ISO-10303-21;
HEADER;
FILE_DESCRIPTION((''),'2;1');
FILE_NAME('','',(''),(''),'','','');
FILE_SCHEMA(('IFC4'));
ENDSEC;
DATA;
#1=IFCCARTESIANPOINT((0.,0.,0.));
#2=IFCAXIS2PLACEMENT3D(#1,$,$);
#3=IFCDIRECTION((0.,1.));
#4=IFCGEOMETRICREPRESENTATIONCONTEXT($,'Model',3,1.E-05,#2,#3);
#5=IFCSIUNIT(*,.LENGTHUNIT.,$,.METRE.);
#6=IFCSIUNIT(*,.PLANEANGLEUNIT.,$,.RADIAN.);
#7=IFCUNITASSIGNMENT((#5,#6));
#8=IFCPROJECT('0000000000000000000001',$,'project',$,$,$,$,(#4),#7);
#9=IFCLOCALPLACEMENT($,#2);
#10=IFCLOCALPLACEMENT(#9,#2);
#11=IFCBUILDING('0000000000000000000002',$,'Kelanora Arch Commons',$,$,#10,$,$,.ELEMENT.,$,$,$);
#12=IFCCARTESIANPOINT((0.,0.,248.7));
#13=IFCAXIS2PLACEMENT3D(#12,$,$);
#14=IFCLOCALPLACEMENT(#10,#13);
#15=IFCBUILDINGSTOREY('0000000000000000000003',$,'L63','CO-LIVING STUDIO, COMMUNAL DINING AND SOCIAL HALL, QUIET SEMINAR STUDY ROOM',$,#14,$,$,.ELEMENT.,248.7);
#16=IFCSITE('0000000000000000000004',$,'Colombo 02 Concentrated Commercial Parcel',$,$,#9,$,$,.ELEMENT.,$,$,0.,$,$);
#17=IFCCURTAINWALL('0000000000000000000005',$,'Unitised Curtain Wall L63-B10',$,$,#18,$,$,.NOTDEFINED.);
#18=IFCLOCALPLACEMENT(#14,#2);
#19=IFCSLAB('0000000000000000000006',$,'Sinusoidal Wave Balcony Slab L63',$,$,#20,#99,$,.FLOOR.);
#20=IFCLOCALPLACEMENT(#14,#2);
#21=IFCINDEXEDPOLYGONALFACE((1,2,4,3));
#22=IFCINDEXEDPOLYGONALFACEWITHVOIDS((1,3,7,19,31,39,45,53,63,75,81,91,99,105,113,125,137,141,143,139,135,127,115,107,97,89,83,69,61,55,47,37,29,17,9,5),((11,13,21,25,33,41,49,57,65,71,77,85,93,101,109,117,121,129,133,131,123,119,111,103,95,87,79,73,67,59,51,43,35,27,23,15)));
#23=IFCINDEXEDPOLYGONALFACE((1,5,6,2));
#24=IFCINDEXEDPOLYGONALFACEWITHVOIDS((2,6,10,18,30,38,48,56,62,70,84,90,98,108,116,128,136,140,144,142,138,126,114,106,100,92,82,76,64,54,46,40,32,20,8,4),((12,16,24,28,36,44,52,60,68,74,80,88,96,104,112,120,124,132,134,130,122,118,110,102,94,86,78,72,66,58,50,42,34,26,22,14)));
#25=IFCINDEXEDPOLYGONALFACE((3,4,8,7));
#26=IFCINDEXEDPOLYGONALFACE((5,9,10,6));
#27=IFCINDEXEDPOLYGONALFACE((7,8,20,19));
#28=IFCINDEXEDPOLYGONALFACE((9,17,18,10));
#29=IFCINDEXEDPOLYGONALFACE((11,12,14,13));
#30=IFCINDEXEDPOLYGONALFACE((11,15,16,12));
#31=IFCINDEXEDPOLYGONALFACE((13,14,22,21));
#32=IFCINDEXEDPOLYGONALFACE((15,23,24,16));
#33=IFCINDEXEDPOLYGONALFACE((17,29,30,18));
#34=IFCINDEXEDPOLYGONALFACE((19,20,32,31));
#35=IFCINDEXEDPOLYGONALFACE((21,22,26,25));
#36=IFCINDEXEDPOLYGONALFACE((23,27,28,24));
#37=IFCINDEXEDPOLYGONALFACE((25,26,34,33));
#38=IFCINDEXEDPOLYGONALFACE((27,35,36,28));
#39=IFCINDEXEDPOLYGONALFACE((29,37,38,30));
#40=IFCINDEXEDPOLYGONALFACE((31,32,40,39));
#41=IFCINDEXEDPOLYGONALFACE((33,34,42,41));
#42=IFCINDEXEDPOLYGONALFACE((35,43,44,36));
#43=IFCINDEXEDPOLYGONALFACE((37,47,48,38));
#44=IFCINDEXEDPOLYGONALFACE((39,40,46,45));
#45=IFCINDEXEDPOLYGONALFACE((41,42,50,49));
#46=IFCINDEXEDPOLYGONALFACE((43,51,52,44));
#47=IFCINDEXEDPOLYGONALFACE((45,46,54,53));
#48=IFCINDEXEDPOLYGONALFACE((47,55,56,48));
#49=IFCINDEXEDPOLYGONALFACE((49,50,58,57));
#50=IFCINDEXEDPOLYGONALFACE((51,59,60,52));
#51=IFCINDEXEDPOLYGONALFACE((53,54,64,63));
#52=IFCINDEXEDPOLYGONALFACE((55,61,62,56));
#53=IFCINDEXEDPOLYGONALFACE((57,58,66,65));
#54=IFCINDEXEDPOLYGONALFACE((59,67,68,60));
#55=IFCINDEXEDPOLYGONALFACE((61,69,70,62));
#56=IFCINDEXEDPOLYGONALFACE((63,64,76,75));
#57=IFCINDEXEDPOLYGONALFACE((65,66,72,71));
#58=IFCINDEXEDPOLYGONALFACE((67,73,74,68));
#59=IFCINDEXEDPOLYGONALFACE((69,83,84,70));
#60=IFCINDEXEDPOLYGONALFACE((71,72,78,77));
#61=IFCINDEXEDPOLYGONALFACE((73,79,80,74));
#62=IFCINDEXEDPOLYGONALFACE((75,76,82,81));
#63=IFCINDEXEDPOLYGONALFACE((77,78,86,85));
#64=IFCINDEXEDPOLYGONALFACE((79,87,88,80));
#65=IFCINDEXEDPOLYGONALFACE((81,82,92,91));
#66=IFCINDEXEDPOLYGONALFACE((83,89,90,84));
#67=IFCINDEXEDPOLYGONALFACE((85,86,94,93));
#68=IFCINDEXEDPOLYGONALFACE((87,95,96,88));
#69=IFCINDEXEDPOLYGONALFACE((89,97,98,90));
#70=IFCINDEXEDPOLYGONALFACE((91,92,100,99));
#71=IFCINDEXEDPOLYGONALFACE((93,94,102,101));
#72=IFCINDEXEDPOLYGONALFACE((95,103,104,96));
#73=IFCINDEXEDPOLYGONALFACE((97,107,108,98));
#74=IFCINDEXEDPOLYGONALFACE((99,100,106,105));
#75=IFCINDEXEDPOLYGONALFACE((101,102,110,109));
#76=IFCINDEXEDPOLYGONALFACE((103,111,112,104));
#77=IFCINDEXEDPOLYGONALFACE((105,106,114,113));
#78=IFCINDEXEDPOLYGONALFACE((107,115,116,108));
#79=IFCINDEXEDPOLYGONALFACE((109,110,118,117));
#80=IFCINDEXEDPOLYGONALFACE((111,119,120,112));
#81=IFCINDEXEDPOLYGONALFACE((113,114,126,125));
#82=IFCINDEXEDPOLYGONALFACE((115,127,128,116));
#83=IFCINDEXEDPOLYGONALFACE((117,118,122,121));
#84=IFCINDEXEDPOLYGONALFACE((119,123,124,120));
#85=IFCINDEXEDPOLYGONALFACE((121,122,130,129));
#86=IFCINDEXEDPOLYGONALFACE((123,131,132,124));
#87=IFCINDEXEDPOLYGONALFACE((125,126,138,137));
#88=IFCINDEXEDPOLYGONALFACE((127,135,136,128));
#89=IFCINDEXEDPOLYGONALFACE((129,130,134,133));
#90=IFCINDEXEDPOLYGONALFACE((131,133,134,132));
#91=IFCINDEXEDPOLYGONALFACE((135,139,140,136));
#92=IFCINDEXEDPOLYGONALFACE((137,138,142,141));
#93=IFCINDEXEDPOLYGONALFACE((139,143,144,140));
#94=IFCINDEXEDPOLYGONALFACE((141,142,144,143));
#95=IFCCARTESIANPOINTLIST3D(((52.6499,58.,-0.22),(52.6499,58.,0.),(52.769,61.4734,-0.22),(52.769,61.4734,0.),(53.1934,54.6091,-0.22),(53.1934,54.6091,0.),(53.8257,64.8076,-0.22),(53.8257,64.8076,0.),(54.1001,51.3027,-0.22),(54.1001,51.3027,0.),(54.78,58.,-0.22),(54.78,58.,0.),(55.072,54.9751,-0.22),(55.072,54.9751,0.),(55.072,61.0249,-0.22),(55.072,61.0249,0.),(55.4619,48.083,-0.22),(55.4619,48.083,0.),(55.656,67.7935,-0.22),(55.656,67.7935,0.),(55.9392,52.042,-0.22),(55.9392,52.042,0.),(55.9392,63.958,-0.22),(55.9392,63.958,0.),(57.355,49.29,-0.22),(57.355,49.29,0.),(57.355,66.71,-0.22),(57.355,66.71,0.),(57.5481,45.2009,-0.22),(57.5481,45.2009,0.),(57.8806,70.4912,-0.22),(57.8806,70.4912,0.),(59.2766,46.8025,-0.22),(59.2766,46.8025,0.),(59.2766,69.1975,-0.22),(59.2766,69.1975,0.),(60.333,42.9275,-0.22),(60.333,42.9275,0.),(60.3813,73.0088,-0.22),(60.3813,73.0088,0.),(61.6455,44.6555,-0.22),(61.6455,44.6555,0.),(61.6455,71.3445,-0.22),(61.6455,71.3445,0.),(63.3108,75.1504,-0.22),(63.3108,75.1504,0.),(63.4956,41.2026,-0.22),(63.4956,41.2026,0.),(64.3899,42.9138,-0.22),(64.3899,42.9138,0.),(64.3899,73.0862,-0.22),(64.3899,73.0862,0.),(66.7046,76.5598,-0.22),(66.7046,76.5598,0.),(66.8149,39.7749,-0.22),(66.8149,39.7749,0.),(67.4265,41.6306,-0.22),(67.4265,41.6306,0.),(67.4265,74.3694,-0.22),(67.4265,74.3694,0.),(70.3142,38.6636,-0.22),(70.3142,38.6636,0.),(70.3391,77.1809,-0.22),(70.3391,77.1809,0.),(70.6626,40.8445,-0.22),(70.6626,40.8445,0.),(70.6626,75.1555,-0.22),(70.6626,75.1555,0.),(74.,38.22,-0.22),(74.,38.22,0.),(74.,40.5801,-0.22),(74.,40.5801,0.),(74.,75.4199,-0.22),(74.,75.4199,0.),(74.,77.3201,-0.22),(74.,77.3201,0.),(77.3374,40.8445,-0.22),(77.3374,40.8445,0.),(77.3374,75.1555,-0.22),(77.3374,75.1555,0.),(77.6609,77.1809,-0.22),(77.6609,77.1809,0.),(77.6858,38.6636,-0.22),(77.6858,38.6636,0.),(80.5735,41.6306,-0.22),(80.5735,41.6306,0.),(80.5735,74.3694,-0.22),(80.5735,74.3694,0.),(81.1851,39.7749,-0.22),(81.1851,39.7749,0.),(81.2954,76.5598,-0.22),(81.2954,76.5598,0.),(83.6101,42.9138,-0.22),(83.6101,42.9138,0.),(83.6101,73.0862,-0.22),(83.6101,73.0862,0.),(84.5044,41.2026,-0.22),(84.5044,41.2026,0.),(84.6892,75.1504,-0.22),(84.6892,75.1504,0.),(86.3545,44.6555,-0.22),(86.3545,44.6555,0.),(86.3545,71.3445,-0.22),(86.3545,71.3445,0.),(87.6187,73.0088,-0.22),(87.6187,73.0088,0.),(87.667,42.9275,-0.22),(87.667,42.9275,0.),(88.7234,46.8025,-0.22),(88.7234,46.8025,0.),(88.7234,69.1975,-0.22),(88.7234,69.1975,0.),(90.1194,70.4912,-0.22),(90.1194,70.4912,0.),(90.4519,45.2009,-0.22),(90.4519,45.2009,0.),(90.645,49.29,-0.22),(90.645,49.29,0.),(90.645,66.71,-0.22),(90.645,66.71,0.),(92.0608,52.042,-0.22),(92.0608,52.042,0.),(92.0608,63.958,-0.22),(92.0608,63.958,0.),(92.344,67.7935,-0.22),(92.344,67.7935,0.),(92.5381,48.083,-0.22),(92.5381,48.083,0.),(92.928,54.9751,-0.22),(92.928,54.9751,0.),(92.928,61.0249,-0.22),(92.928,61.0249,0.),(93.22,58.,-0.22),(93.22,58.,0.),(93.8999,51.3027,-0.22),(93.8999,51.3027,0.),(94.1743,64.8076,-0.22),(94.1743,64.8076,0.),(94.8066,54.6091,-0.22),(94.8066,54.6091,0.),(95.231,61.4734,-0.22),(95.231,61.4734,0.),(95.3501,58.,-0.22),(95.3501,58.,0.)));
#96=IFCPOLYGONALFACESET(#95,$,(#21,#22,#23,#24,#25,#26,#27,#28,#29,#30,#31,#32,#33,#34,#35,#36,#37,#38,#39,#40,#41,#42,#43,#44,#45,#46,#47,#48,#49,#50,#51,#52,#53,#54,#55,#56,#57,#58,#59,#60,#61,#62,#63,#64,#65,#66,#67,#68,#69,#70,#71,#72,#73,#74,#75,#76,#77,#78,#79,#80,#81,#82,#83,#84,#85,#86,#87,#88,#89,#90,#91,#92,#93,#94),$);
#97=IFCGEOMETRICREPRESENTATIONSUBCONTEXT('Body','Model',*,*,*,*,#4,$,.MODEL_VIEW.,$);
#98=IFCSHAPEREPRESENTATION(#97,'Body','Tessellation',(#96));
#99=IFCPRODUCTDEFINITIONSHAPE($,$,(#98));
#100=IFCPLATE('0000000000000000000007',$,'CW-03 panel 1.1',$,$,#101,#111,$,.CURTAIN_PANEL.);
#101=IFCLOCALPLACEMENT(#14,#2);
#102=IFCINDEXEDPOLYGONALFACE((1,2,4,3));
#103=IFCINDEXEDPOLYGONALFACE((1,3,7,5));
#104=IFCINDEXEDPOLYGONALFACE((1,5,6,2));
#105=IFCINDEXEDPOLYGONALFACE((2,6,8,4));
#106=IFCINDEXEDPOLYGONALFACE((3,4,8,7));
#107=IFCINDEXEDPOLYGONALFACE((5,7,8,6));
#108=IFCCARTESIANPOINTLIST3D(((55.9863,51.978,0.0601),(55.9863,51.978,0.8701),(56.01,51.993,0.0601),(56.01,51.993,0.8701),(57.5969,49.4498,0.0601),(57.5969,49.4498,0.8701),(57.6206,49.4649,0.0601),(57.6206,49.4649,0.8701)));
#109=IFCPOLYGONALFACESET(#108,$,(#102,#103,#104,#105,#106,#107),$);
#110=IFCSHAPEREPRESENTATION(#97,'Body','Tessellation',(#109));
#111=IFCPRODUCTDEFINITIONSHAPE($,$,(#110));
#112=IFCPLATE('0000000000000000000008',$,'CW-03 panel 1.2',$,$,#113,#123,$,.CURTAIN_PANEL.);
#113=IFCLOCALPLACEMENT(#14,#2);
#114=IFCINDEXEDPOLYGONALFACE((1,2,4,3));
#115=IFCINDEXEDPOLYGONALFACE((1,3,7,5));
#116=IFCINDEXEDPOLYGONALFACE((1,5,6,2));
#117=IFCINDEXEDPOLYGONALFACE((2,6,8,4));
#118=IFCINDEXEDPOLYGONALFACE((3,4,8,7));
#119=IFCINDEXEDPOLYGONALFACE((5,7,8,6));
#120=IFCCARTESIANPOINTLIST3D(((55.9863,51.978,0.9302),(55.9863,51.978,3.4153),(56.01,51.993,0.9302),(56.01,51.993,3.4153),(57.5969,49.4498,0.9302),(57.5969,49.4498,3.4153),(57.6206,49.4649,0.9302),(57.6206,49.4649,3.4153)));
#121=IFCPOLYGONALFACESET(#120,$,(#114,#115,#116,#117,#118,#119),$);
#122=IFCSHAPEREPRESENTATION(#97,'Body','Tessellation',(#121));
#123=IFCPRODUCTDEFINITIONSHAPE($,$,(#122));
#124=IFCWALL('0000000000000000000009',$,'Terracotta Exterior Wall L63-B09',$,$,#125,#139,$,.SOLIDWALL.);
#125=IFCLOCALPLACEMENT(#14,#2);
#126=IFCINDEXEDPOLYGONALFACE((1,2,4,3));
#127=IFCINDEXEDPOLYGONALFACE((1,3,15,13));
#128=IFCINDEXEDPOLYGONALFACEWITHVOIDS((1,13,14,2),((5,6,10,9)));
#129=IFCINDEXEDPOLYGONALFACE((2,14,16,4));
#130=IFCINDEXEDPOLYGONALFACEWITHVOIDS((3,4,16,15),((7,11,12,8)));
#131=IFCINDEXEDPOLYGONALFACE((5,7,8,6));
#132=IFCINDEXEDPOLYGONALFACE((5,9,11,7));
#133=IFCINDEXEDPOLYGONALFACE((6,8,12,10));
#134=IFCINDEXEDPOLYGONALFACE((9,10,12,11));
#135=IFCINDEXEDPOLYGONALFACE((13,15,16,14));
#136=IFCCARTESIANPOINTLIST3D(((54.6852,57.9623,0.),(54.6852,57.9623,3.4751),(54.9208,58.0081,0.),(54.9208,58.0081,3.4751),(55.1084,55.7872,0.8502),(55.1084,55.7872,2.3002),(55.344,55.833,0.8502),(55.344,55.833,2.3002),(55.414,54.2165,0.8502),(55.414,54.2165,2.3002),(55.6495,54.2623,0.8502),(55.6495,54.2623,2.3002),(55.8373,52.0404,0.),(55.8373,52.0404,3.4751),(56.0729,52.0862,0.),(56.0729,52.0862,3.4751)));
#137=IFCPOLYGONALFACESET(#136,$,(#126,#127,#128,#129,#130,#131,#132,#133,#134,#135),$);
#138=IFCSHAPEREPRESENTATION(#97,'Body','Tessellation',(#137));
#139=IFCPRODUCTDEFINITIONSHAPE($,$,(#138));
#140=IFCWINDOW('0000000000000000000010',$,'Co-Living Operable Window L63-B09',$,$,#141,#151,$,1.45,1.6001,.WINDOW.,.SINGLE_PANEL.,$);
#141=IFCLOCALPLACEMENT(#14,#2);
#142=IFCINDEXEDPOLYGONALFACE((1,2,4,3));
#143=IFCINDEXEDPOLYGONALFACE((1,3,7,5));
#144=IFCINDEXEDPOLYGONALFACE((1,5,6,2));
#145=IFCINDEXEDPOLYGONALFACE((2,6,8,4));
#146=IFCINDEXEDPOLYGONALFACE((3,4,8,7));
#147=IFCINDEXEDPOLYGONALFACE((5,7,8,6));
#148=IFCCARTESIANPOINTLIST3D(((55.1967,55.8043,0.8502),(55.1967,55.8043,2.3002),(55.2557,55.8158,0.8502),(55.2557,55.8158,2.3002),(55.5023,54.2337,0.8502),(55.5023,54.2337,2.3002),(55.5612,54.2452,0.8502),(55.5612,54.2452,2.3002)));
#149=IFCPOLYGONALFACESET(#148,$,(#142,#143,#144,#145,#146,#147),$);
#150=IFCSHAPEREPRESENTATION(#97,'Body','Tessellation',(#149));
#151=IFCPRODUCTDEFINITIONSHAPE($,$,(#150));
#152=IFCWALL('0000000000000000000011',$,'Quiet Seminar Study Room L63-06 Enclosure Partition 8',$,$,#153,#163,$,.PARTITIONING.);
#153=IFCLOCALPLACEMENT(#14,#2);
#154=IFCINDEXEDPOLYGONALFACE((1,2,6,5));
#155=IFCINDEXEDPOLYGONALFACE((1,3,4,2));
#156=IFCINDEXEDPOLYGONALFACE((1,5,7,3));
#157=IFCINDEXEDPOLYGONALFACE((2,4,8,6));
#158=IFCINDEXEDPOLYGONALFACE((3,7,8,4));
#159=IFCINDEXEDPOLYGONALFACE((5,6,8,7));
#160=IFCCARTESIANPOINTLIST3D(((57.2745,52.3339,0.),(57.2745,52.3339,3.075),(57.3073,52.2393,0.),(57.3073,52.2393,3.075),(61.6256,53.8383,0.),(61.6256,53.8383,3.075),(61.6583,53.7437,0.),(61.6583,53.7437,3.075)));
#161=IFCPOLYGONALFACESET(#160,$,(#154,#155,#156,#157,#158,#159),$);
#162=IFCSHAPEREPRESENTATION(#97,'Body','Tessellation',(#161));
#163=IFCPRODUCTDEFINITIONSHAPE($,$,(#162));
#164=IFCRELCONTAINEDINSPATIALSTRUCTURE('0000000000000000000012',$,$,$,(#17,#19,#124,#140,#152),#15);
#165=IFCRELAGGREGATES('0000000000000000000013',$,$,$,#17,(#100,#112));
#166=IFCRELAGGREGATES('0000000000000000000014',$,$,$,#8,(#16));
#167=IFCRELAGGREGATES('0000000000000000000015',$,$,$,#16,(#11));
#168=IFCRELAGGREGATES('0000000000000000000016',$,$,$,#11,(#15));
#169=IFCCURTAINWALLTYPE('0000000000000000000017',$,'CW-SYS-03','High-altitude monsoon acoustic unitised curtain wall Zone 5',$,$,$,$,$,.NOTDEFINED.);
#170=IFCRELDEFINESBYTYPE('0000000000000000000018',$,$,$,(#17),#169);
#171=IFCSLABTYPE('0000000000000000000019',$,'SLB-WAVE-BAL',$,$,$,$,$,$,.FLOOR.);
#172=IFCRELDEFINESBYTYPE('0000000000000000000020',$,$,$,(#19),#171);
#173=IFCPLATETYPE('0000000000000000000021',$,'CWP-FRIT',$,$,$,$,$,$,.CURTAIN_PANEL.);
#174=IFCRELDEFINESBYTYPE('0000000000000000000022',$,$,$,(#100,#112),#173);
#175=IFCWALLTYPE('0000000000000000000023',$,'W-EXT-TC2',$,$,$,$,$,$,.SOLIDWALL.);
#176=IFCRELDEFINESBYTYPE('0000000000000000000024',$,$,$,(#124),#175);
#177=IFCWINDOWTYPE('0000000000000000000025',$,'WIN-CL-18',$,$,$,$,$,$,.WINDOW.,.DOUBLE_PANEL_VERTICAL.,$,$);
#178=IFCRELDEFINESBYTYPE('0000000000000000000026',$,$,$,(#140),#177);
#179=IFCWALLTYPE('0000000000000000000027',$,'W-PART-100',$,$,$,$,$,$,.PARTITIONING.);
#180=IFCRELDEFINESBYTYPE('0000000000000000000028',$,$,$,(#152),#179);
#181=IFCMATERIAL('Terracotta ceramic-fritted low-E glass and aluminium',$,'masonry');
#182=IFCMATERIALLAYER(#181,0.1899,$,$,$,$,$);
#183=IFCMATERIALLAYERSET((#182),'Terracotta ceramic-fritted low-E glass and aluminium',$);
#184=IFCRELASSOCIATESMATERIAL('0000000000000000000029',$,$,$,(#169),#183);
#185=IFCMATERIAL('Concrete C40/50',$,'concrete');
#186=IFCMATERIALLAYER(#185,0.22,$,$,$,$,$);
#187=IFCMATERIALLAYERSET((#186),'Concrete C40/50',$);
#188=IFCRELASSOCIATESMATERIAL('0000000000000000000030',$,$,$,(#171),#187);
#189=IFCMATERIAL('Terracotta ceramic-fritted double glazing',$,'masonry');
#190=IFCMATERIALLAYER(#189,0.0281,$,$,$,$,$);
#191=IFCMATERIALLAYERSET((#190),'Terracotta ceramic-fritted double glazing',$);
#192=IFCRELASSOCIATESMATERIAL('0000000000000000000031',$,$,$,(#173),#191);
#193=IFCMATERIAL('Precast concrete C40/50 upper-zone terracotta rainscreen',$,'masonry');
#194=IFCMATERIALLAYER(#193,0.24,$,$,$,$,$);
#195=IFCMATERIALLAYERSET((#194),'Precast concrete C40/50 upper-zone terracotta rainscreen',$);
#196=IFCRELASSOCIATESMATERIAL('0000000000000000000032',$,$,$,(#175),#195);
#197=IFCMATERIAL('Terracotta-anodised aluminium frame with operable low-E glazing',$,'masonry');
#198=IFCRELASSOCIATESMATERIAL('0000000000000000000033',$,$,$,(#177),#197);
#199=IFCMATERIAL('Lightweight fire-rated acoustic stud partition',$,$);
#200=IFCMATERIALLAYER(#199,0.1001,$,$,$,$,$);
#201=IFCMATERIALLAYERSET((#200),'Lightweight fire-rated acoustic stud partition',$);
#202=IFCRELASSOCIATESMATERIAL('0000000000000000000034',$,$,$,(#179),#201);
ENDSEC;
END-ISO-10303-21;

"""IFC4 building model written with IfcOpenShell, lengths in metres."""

from ifc_helpers import new_model, si_unit, direction, frame, frame_2d, origin, origin_2d, place, context, subcontext, project, spatial, polyline, rectangle, outline, extrude, source, transform, mapped, material, layer, layer_set, type_object, element, fill, aggregate, save


model = new_model("IFC4")

# Units and contexts
model_context = context("Model", 3, precision=1e-05, world=origin(), true_north=direction((0.0, 1.0)))
body_context = subcontext(model_context, "Body", "Model", "MODEL_VIEW")
ifc_project = project(units=[si_unit("LENGTHUNIT", "METRE"), si_unit("PLANEANGLEUNIT", "RADIAN")], contexts=[model_context])

# Site, building, storey
site_placement = place(None, origin())
site = spatial("IfcSite", under=ifc_project, at=site_placement, Name="Colombo 02 Concentrated Commercial Parcel", CompositionType="ELEMENT", RefElevation=0.0)
building_placement = place(site_placement, origin())
building = spatial("IfcBuilding", under=site, at=building_placement, Name="Kelanora Arch Commons", CompositionType="ELEMENT")
storey_placement = place(building_placement, frame((0.0, 0.0, 248.7)))
storey = spatial("IfcBuildingStorey", under=building, at=storey_placement, Name="L63", Description="CO-LIVING STUDIO, COMMUNAL DINING AND SOCIAL HALL, QUIET SEMINAR STUDY ROOM", CompositionType="ELEMENT", Elevation=248.7)

# Shared definitions
ifc_material_1 = material(Name="Terracotta ceramic-fritted low-E glass and aluminium", Category="masonry")
ifc_layer_1 = layer(ifc_material_1, 0.1899)
ifc_layer_set_1 = layer_set([ifc_layer_1], Name="Terracotta ceramic-fritted low-E glass and aluminium")
curtain_wall_type = type_object("IfcCurtainWallType", Name="CW-SYS-03", Description="High-altitude monsoon acoustic unitised curtain wall Zone 5", PredefinedType="NOTDEFINED", material=ifc_layer_set_1)

# Curtain wall
curtain_wall_1_placement = place(storey_placement, origin())
curtain_wall_1 = element("IfcCurtainWall", 1, at=curtain_wall_1_placement, inside=storey, type_object=curtain_wall_type, Name="Unitised Curtain Wall L63-B10", PredefinedType="NOTDEFINED")

# Shared definitions
ifc_material_2 = material(Name="Concrete C40/50", Category="concrete")

# Slab
ifc_layer_2 = layer(ifc_material_2, 0.22)
ifc_layer_set_2 = layer_set([ifc_layer_2], Name="Concrete C40/50")
slab_type_1 = type_object("IfcSlabType", Name="SLB-WAVE-BAL", PredefinedType="FLOOR", material=ifc_layer_set_2)
slab_1_placement = place(storey_placement, frame((0.0, 0.0, -0.22)))
element("IfcSlab", 2, at=slab_1_placement, inside=storey, type_object=slab_type_1, Name="Sinusoidal Wave Balcony Slab L63", PredefinedType="FLOOR", context=body_context, shape_type="SweptSolid", body=[
    extrude(outline(polyline([(95.3501, 58.0), (95.231, 61.4734), (94.1743, 64.8076), (92.344, 67.7935), (90.1194, 70.4912), (87.6187, 73.0088), (84.6892, 75.1504), (81.2954, 76.5598), (77.6609, 77.1809), (74.0, 77.3201), (70.3391, 77.1809), (66.7046, 76.5598), (63.3108, 75.1504), (60.3813, 73.0088), (57.8806, 70.4912), (55.656, 67.7935), (53.8257, 64.8076), (52.769, 61.4734), (52.6499, 58.0), (53.1934, 54.6091), (54.1001, 51.3027), (55.4619, 48.083), (57.5481, 45.2009), (60.333, 42.9275), (63.4956, 41.2026), (66.8149, 39.7749), (70.3142, 38.6636), (74.0, 38.22), (77.6858, 38.6636), (81.1851, 39.7749), (84.5044, 41.2026), (87.667, 42.9275), (90.4519, 45.2009), (92.5381, 48.083), (93.8999, 51.3027), (94.8066, 54.6091), (95.3501, 58.0)]), holes=[polyline([(92.928, 54.9751), (92.0608, 52.042), (90.645, 49.29), (88.7234, 46.8025), (86.3545, 44.6555), (83.6101, 42.9138), (80.5735, 41.6306), (77.3374, 40.8445), (74.0, 40.5801), (70.6626, 40.8445), (67.4265, 41.6306), (64.3899, 42.9138), (61.6455, 44.6555), (59.2766, 46.8025), (57.355, 49.29), (55.9392, 52.042), (55.072, 54.9751), (54.78, 58.0), (55.072, 61.0249), (55.9392, 63.958), (57.355, 66.71), (59.2766, 69.1975), (61.6455, 71.3445), (64.3899, 73.0862), (67.4265, 74.3694), (70.6626, 75.1555), (74.0, 75.4199), (77.3374, 75.1555), (80.5735, 74.3694), (83.6101, 73.0862), (86.3545, 71.3445), (88.7234, 69.1975), (90.645, 66.71), (92.0608, 63.958), (92.928, 61.0249), (93.22, 58.0), (92.928, 54.9751)])]), origin(), (0.0, 0.0, 1.0), 0.22),
])

# Plates
ifc_material_3 = material(Name="Terracotta ceramic-fritted double glazing", Category="masonry")
ifc_layer_3 = layer(ifc_material_3, 0.0281)
ifc_layer_set_3 = layer_set([ifc_layer_3], Name="Terracotta ceramic-fritted double glazing")
plate_type = type_object("IfcPlateType", Name="CWP-FRIT", PredefinedType="CURTAIN_PANEL", material=ifc_layer_set_3)
shared_shape_1 = source(origin(), body_context, "Body", "SweptSolid", [
    extrude(rectangle(XDim=2.9976, YDim=0.0281, at=origin_2d()), origin(), (0.0, 0.0, 1.0), 0.8101),
])
plate_1_placement = place(storey_placement, frame((56.8035, 50.7214, 0.0601), z_axis=(0.0, 0.0, 1.0), x_axis=(0.5373, -0.843391, 0.0)))
plate_1 = element("IfcPlate", 3, at=plate_1_placement, type_object=plate_type, Name="CW-03 panel 1.1", PredefinedType="CURTAIN_PANEL", context=body_context, shape_type="MappedRepresentation", body=[
    mapped(shared_shape_1, transform((0.0, 0.0, 0.0), scale=1.0)),
])
shared_shape_2 = source(origin(), body_context, "Body", "SweptSolid", [
    extrude(rectangle(XDim=2.9976, YDim=0.0281, at=origin_2d()), origin(), (0.0, 0.0, 1.0), 2.4851),
])
plate_2_placement = place(storey_placement, frame((56.8035, 50.7214, 0.9302), z_axis=(0.0, 0.0, 1.0), x_axis=(0.5373, -0.843391, 0.0)))
plate_2 = element("IfcPlate", 4, at=plate_2_placement, type_object=plate_type, Name="CW-03 panel 1.2", PredefinedType="CURTAIN_PANEL", context=body_context, shape_type="MappedRepresentation", body=[
    mapped(shared_shape_2, transform((0.0, 0.0, 0.0), scale=1.0)),
])
aggregate(curtain_wall_1, [plate_1, plate_2])

# Wall, opening, window
ifc_material_4 = material(Name="Precast concrete C40/50 upper-zone terracotta rainscreen", Category="masonry")
ifc_layer_4 = layer(ifc_material_4, 0.24)
ifc_layer_set_4 = layer_set([ifc_layer_4], Name="Precast concrete C40/50 upper-zone terracotta rainscreen")
wall_type_1 = type_object("IfcWallType", Name="W-EXT-TC2", PredefinedType="SOLIDWALL", material=ifc_layer_set_4)
wall_1_placement = place(storey_placement, frame((54.803, 57.9854, 0.0), z_axis=(0.0, 0.0, 1.0), x_axis=(0.190969, -0.981596, 0.0)))
wall_1 = element("IfcWall", 5, at=wall_1_placement, inside=storey, type_object=wall_type_1, Name="Terracotta Exterior Wall L63-B09", PredefinedType="SOLIDWALL", context=body_context, shape_type="SweptSolid", body=[
    extrude(rectangle(XDim=6.033, YDim=0.24, at=frame_2d((3.0166, 0.0))), origin(), (0.0, 0.0, 1.0), 3.4751),
])
opening_placement = place(wall_1_placement, frame((2.2161, 0.0, 0.8501)))
opening = element("IfcOpeningElement", 6, at=opening_placement, cuts=wall_1, PredefinedType="OPENING", context=body_context, shape_type="SweptSolid", body=[
    extrude(rectangle(XDim=1.6001, YDim=1.45, at=frame_2d((0.8, 0.7251))), frame((0.0, 0.1299, 0.0), z_axis=(0.0, -1.0, 0.0), x_axis=(1.0, 0.0, 0.0)), (0.0, 0.0, 1.0), 0.26),
])
ifc_material_5 = material(Name="Terracotta-anodised aluminium frame with operable low-E glazing", Category="masonry")
window_type = type_object("IfcWindowType", Name="WIN-CL-18", PartitioningType="DOUBLE_PANEL_VERTICAL", PredefinedType="WINDOW", material=ifc_material_5)
window_placement = place(opening_placement, origin())
window = element("IfcWindow", 7, at=window_placement, inside=storey, type_object=window_type, Name="Co-Living Operable Window L63-B09", OverallHeight=1.45, OverallWidth=1.6001, PartitioningType="SINGLE_PANEL", PredefinedType="WINDOW", context=body_context, shape_type="SweptSolid", body=[
    extrude(rectangle(XDim=1.6001, YDim=1.45, at=frame_2d((0.8, 0.7251))), frame((0.0, 0.03, 0.0), z_axis=(0.0, -1.0, 0.0), x_axis=(1.0, 0.0, 0.0)), (0.0, 0.0, 1.0), 0.0601),
])
fill(opening, window)

# Wall
ifc_material_6 = material(Name="Lightweight fire-rated acoustic stud partition")
ifc_layer_5 = layer(ifc_material_6, 0.1001)
ifc_layer_set_5 = layer_set([ifc_layer_5], Name="Lightweight fire-rated acoustic stud partition")
wall_type_2 = type_object("IfcWallType", Name="W-PART-100", PredefinedType="PARTITIONING", material=ifc_layer_set_5)
wall_2_placement = place(storey_placement, frame((57.291, 52.2866, 0.0), z_axis=(0.0, 0.0, 1.0), x_axis=(0.945103, 0.326772, 0.0)))
element("IfcWall", 8, at=wall_2_placement, inside=storey, type_object=wall_type_2, Name="Quiet Seminar Study Room L63-06 Enclosure Partition 8", PredefinedType="PARTITIONING", context=body_context, shape_type="SweptSolid", body=[
    extrude(rectangle(XDim=4.6038, YDim=0.1001, at=frame_2d((2.3018, 0.0))), origin(), (0.0, 0.0, 1.0), 3.075),
])

save(model, "model.ifc")
